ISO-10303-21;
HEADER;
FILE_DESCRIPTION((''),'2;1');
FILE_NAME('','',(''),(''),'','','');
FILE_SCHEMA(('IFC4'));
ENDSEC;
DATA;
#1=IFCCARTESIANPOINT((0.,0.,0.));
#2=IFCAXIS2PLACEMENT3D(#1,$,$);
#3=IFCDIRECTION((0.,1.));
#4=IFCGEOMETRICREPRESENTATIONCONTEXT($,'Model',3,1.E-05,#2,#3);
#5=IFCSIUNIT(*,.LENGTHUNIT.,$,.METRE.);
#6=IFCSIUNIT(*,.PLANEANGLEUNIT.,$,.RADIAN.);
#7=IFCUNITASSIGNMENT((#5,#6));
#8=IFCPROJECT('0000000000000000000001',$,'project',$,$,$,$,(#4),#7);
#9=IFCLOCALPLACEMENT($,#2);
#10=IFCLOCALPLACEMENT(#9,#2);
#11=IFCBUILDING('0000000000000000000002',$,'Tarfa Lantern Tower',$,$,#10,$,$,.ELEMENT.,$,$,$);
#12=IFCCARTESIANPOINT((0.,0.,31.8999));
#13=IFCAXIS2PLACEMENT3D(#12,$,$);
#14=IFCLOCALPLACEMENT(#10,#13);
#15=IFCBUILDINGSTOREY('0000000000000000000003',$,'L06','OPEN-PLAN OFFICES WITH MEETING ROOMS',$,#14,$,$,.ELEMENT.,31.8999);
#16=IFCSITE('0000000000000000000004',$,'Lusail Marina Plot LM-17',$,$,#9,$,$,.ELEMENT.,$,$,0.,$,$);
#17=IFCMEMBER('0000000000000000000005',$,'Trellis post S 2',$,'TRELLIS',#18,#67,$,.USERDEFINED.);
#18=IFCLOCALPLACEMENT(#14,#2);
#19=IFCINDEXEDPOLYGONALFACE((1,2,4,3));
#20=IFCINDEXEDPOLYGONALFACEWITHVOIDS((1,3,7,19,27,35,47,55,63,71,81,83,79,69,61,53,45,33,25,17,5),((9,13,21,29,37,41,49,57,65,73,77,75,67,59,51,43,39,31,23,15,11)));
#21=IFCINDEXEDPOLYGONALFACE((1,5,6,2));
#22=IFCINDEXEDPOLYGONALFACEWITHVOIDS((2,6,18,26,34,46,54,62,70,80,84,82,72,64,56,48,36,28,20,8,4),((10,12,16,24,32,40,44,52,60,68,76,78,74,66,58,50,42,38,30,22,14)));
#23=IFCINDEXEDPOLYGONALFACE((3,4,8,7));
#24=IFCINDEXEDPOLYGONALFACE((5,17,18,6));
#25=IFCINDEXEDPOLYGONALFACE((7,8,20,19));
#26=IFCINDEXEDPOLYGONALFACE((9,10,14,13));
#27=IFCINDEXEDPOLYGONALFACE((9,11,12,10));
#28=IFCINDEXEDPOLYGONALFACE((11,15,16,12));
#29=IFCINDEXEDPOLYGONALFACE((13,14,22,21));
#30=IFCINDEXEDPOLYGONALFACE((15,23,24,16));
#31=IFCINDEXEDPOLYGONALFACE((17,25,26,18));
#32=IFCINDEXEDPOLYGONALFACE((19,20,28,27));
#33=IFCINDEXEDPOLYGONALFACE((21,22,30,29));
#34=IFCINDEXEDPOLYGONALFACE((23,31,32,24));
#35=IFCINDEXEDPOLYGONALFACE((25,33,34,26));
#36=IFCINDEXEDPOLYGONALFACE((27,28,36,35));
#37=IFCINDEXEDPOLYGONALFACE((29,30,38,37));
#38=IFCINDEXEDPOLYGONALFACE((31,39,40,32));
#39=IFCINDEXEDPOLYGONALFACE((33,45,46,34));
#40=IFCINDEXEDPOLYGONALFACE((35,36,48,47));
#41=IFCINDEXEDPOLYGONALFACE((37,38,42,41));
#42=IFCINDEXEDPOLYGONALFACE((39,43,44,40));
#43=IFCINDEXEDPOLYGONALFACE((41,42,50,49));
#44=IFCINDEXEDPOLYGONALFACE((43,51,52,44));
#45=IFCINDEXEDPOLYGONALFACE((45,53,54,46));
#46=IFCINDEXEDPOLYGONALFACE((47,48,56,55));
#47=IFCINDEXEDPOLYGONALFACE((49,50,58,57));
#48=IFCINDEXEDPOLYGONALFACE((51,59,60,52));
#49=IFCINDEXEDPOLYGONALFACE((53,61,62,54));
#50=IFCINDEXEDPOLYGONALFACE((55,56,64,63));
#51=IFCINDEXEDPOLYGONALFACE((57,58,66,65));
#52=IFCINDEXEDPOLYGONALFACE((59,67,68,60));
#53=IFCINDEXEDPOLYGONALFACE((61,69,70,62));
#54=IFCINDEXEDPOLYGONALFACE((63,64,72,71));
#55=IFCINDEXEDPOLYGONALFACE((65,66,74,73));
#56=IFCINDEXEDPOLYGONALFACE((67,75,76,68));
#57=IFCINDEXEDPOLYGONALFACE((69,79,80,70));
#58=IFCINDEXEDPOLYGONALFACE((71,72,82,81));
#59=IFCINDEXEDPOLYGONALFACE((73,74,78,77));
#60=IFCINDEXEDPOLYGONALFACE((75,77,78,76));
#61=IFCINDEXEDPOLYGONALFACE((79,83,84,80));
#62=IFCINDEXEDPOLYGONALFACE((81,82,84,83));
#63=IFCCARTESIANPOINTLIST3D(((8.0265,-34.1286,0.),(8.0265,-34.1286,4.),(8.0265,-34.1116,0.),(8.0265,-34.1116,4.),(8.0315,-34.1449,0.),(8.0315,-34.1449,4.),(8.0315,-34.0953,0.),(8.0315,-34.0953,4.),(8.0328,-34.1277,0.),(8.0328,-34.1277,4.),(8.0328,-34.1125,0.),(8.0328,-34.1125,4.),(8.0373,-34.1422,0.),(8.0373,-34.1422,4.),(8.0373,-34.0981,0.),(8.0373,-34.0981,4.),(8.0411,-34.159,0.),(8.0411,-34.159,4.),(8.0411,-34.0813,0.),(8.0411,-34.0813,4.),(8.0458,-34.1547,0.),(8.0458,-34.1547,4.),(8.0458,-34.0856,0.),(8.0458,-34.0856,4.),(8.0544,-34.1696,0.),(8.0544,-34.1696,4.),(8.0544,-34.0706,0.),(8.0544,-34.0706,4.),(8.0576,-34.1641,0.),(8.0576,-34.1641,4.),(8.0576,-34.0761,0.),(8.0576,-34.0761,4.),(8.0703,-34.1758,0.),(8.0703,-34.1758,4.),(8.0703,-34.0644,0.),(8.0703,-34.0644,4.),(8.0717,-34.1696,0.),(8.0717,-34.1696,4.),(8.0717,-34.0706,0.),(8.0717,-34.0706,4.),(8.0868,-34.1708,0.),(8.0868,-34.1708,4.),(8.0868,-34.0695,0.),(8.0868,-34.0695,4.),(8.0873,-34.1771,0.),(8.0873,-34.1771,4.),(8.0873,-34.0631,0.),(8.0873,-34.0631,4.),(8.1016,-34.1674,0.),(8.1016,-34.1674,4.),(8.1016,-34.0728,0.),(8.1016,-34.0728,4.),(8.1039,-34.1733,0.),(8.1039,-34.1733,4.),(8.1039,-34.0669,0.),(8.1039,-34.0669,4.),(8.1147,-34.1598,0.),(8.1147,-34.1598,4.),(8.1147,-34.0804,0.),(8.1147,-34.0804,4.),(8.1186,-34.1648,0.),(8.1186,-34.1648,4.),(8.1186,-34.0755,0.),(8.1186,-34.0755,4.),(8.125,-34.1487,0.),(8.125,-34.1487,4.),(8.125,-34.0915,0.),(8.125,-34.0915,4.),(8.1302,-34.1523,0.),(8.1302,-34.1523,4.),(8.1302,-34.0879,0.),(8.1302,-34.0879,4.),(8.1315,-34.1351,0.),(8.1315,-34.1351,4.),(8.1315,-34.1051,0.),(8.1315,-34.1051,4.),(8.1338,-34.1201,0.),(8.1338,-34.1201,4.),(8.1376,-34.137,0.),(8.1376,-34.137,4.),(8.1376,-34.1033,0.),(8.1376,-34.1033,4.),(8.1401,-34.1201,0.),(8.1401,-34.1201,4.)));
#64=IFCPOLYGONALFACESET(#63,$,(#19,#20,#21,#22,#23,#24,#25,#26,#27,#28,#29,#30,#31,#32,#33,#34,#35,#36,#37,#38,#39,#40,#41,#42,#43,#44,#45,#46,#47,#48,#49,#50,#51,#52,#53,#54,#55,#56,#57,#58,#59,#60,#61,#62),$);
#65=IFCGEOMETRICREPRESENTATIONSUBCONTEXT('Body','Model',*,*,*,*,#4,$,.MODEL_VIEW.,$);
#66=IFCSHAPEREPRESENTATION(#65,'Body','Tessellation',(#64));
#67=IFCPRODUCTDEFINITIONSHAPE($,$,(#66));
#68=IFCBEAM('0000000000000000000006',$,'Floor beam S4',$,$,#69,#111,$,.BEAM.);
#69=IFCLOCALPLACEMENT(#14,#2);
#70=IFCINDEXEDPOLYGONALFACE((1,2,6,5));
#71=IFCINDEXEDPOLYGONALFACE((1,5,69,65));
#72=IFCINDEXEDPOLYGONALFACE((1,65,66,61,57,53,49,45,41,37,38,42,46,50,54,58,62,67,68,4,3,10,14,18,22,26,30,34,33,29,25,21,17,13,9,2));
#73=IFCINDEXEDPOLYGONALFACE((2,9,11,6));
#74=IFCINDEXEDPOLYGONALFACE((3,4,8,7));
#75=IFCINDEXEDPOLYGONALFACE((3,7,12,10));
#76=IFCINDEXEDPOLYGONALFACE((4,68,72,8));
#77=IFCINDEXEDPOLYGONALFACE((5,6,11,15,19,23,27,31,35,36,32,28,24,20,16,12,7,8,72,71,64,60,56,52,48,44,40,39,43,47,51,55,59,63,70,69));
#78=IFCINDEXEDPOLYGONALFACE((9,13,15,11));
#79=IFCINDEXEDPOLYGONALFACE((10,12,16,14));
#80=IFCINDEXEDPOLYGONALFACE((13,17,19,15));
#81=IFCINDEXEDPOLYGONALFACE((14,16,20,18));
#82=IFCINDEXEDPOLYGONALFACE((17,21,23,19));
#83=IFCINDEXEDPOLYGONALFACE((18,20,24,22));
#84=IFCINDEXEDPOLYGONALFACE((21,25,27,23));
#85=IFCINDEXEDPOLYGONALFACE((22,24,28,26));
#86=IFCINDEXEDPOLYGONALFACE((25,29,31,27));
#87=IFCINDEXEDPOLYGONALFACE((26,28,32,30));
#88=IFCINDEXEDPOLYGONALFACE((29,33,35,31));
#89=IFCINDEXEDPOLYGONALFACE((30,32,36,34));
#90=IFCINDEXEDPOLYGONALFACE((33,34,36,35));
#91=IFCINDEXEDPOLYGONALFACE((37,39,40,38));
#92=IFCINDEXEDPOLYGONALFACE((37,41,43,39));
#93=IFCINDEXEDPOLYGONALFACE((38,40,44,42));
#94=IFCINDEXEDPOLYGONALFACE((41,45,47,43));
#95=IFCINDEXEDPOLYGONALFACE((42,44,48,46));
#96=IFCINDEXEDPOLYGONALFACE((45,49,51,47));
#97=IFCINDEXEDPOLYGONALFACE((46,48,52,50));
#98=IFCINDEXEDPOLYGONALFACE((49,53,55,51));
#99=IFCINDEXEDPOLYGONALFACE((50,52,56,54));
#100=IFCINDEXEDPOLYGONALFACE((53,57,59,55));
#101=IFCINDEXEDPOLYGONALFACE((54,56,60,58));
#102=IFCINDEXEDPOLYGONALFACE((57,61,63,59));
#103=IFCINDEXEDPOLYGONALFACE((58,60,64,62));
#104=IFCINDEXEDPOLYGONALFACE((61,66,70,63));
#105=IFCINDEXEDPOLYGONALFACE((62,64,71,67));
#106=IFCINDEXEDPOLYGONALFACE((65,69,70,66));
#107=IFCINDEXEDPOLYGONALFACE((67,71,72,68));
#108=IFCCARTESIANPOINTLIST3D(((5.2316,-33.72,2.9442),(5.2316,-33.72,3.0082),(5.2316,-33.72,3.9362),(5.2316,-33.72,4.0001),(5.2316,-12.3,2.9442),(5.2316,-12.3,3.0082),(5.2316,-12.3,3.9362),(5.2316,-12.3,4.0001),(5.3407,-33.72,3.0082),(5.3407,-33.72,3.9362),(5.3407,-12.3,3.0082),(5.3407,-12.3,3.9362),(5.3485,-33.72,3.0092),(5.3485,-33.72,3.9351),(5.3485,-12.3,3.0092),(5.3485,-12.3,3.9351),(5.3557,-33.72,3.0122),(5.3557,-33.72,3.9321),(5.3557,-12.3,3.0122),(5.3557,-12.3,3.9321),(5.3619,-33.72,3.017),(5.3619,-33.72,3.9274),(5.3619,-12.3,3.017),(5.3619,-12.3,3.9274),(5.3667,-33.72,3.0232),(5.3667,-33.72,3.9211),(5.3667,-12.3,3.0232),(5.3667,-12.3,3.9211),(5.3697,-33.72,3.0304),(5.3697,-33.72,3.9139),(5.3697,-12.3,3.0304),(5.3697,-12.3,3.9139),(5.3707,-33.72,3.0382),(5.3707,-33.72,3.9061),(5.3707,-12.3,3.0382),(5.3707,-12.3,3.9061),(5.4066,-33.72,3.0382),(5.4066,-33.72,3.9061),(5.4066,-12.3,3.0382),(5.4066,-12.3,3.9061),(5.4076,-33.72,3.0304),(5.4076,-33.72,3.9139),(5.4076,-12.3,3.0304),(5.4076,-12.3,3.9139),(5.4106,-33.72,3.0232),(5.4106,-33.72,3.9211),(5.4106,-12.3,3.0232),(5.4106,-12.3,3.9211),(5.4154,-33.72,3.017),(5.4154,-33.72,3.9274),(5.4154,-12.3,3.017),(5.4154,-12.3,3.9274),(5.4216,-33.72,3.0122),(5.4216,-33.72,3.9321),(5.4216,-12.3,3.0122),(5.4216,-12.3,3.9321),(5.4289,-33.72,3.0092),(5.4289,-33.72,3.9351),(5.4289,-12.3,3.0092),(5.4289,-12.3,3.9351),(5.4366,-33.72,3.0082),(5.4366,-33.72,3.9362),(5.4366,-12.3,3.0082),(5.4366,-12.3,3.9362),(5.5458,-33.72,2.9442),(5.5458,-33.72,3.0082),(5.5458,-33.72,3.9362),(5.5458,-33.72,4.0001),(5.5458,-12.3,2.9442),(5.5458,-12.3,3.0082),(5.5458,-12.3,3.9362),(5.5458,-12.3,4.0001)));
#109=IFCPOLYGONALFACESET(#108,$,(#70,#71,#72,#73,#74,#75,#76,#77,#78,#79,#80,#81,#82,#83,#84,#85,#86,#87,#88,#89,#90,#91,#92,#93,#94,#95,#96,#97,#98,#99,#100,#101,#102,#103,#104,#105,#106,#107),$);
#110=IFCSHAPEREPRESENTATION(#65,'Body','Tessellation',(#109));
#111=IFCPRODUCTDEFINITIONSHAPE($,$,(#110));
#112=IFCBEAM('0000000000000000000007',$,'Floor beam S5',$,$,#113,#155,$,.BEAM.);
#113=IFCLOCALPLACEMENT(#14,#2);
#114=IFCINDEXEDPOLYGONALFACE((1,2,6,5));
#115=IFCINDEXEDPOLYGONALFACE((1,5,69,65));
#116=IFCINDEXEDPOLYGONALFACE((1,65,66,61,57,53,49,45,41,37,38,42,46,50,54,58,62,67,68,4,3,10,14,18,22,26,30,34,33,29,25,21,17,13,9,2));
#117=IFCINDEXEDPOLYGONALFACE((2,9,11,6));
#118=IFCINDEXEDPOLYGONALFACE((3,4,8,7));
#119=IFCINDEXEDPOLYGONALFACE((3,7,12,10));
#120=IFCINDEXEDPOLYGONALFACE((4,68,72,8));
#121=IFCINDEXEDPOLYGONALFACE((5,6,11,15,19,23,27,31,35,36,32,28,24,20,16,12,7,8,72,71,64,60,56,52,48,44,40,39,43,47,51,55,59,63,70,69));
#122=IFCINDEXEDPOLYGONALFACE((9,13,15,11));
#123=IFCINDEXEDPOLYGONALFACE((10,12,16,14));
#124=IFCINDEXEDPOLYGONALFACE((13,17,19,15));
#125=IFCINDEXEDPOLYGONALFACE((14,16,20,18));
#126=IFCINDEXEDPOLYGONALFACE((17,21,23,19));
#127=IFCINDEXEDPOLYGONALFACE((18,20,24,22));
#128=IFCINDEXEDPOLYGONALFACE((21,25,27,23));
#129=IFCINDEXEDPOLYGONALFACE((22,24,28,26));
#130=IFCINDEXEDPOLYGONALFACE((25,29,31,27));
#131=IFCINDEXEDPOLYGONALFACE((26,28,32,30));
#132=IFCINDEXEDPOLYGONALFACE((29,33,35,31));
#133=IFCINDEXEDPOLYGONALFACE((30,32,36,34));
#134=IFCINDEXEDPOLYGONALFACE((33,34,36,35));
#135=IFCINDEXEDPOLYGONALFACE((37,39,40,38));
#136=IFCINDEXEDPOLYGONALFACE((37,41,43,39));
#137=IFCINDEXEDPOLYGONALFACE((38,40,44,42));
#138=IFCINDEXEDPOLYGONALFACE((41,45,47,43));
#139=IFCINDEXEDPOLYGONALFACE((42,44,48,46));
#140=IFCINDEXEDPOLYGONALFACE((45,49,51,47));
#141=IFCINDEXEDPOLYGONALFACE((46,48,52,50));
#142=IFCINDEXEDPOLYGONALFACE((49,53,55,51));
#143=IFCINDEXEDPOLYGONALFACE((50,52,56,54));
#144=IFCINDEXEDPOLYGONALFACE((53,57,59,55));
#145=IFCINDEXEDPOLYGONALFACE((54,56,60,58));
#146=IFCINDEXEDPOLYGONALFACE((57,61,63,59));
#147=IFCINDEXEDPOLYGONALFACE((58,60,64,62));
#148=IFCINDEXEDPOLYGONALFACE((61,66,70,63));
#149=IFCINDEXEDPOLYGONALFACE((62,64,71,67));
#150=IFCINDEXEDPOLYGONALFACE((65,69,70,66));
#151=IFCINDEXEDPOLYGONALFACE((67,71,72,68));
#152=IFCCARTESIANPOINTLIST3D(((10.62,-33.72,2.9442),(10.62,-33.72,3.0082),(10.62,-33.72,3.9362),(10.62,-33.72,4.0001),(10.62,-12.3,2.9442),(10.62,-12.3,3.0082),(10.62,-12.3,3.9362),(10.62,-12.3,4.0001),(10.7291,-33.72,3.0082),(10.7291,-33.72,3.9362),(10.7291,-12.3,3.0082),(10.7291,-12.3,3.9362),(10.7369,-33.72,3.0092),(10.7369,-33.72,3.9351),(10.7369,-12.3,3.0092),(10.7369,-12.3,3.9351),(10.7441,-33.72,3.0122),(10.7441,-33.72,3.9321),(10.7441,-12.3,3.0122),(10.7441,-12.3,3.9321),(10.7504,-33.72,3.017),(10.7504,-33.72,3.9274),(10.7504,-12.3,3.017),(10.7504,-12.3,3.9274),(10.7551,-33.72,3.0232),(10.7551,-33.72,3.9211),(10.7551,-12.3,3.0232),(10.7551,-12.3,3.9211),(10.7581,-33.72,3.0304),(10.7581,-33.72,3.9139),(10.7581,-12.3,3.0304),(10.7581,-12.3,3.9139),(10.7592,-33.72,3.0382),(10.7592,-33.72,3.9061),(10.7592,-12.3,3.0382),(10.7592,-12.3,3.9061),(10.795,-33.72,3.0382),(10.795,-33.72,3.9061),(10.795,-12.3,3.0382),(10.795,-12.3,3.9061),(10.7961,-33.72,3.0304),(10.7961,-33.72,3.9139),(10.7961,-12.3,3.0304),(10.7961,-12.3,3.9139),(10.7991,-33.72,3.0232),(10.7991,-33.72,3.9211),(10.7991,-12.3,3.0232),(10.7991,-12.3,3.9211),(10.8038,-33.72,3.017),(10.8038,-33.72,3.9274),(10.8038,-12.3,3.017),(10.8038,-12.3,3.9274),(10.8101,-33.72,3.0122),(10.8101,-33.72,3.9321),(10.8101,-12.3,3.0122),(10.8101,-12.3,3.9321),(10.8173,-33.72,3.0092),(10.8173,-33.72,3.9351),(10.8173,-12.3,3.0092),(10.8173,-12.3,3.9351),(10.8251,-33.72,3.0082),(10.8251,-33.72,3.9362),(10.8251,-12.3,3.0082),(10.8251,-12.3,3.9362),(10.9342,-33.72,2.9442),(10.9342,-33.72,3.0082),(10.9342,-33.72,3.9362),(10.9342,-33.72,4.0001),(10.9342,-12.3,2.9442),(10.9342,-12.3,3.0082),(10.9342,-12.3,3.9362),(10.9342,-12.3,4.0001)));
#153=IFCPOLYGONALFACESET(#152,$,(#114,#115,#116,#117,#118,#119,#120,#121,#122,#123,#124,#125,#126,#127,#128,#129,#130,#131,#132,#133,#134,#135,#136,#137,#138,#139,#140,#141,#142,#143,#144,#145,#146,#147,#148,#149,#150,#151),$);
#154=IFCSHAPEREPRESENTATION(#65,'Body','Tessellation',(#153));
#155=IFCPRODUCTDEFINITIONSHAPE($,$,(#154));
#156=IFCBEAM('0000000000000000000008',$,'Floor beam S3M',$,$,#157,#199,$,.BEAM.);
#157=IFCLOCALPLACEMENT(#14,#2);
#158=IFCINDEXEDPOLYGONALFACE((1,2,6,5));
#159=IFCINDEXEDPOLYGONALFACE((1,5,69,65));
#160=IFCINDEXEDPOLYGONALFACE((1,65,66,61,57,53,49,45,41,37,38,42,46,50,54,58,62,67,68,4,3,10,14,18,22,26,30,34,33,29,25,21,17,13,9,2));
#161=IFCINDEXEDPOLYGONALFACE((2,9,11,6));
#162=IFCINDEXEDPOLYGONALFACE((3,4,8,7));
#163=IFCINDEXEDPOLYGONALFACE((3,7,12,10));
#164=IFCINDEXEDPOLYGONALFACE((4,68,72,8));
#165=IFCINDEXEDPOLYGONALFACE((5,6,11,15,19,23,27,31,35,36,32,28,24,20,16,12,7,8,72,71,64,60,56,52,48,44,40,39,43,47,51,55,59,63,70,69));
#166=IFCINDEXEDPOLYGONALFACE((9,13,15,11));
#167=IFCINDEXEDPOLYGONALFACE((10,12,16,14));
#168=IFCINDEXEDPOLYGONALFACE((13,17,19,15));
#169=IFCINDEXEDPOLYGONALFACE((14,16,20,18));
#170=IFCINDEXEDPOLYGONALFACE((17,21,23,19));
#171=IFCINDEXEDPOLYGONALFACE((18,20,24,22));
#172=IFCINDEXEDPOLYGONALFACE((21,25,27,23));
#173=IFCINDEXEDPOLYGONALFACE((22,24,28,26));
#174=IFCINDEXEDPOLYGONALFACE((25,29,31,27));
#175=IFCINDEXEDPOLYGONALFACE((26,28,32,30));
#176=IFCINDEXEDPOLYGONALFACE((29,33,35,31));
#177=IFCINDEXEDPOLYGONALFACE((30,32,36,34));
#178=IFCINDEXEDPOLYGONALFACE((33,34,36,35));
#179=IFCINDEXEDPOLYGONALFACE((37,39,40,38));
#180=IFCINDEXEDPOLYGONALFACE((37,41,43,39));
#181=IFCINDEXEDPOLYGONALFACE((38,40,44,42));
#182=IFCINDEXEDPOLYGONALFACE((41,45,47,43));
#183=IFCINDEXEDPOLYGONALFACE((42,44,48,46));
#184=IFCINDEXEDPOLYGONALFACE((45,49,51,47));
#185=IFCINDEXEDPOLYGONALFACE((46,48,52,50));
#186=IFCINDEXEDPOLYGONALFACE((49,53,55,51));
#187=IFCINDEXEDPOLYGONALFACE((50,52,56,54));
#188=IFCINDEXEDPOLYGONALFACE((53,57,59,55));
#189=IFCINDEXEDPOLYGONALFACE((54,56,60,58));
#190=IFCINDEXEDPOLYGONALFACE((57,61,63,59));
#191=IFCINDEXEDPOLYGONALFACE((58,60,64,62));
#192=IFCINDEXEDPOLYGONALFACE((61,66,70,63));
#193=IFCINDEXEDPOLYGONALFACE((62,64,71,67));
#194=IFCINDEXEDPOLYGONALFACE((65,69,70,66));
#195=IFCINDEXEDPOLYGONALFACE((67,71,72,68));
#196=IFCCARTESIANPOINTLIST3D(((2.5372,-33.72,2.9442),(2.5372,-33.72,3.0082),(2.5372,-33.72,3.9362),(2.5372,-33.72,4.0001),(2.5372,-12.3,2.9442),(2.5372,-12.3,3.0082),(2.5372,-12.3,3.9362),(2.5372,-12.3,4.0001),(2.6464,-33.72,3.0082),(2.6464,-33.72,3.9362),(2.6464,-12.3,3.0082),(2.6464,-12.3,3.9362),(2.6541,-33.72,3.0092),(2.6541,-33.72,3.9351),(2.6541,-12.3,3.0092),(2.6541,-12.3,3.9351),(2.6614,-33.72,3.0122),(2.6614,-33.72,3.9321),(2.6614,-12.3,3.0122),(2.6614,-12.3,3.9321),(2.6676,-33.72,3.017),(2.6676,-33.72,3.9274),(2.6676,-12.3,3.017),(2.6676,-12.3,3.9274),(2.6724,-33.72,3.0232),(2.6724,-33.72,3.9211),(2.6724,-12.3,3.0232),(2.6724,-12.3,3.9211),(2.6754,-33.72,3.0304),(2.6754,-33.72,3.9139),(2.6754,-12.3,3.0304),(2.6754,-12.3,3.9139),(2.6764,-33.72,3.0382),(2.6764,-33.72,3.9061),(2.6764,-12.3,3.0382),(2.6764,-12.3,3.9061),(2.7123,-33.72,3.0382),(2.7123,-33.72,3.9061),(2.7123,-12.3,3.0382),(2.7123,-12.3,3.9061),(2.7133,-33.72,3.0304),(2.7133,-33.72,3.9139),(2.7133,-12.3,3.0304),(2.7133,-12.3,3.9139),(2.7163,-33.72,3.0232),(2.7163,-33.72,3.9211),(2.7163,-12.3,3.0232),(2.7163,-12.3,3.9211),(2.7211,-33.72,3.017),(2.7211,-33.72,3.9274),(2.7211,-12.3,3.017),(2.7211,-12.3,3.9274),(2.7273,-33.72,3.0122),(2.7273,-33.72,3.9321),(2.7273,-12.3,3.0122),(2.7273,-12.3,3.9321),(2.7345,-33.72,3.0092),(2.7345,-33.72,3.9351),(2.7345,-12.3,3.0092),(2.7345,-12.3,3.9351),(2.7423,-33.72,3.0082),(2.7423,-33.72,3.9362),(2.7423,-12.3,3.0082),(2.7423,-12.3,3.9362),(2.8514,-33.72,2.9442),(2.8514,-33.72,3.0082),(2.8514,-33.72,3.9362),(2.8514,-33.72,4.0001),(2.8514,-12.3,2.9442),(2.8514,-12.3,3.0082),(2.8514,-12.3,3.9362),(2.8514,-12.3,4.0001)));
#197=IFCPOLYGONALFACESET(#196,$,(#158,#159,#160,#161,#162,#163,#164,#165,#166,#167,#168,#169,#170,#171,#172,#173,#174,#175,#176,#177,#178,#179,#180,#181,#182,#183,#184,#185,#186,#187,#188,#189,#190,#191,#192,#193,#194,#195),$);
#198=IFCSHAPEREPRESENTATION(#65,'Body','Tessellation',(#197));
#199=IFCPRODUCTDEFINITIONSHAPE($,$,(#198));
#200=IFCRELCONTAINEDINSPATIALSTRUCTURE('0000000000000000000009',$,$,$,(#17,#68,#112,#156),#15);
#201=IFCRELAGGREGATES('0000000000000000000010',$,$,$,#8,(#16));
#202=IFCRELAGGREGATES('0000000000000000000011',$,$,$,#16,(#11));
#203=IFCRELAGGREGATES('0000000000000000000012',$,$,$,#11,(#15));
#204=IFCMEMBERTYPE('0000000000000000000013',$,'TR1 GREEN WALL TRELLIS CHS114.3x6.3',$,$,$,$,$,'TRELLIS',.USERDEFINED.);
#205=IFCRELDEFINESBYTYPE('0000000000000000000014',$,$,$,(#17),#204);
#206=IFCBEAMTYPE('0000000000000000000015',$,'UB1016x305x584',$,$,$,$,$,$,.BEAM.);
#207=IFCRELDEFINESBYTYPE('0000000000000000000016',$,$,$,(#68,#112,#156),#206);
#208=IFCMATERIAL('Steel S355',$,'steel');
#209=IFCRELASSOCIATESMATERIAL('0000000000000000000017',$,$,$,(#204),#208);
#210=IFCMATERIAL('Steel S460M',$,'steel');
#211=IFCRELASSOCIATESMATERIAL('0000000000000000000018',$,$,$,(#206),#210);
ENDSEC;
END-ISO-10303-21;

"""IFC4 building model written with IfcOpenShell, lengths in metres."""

from ifc_helpers import new_model, si_unit, direction, frame, origin, origin_2d, place, context, subcontext, project, spatial, hollow_circle, i_section, extrude, material, material_profile, profile_set, type_object, element, save


model = new_model("IFC4")

# Units and contexts
model_context = context("Model", 3, precision=1e-05, world=origin(), true_north=direction((0.0, 1.0)))
body_context = subcontext(model_context, "Body", "Model", "MODEL_VIEW")
ifc_project = project(units=[si_unit("LENGTHUNIT", "METRE"), si_unit("PLANEANGLEUNIT", "RADIAN")], contexts=[model_context])

# Site, building, storey
site_placement = place(None, origin())
site = spatial("IfcSite", under=ifc_project, at=site_placement, Name="Lusail Marina Plot LM-17", CompositionType="ELEMENT", RefElevation=0.0)
building_placement = place(site_placement, origin())
building = spatial("IfcBuilding", under=site, at=building_placement, Name="Tarfa Lantern Tower", CompositionType="ELEMENT")
storey_placement = place(building_placement, frame((0.0, 0.0, 31.8999)))
storey = spatial("IfcBuildingStorey", under=building, at=storey_placement, Name="L06", Description="OPEN-PLAN OFFICES WITH MEETING ROOMS", CompositionType="ELEMENT", Elevation=31.8999)

# Member
ifc_material_1 = material(Name="Steel S355", Category="steel")
ifc_material_profile_1 = material_profile(ifc_material_1, hollow_circle(Radius=0.0571, WallThickness=0.0063, at=origin_2d()), Name="CHS114.3x6.3")
ifc_profile_set_1 = profile_set([ifc_material_profile_1], Name="Steel S355")
member_type_1 = type_object("IfcMemberType", Name="TR1 GREEN WALL TRELLIS CHS114.3x6.3", ElementType="TRELLIS", PredefinedType="USERDEFINED", material=ifc_profile_set_1)
member_1_placement = place(storey_placement, frame((8.083, -34.1201, 0.0), z_axis=(0.0, 0.0, 1.0), x_axis=(1.0, 0.0, 0.0)))
element("IfcMember", 1, at=member_1_placement, inside=storey, type_object=member_type_1, Name="Trellis post S 2", ObjectType="TRELLIS", PredefinedType="USERDEFINED", context=body_context, shape_type="SweptSolid", body=[
    extrude(hollow_circle(Radius=0.0571, WallThickness=0.0063, at=origin_2d()), origin(), (0.0, 0.0, 1.0), 4.0),
])

# Beams
ifc_material_2 = material(Name="Steel S460M", Category="steel")
ifc_material_profile_2 = material_profile(ifc_material_2, i_section(OverallWidth=0.3142, OverallDepth=1.0559, WebThickness=0.0359, FlangeThickness=0.064, FilletRadius=0.03, at=origin_2d()), Name="UB1016x305x584")
ifc_profile_set_2 = profile_set([ifc_material_profile_2], Name="Steel S460M")
beam_type_1 = type_object("IfcBeamType", Name="UB1016x305x584", PredefinedType="BEAM", material=ifc_profile_set_2)
for number, where, z_axis, x_axis, name in (
    (2, (5.3887, -33.72, 3.4722), (0.0, 1.0, 0.0), (-1.0, 0.0, 0.0), "Floor beam S4"),
    (3, (10.7771, -33.72, 3.4722), (0.0, 1.0, 0.0), (-1.0, 0.0, 0.0), "Floor beam S5"),
    (4, (2.6943, -33.72, 3.4722), (0.0, 1.0, 0.0), (-1.0, 0.0, 0.0), "Floor beam S3M"),
):
    element("IfcBeam", number, at=place(storey_placement, frame(where, z_axis=z_axis, x_axis=x_axis)), inside=storey, type_object=beam_type_1, Name=name, PredefinedType="BEAM", context=body_context, shape_type="SweptSolid", body=[
        extrude(i_section(OverallWidth=0.3142, OverallDepth=1.0559, WebThickness=0.0359, FlangeThickness=0.064, FilletRadius=0.03, at=origin_2d()), origin(), (0.0, 0.0, 1.0), 21.4199),
    ])

save(model, "model.ifc")
